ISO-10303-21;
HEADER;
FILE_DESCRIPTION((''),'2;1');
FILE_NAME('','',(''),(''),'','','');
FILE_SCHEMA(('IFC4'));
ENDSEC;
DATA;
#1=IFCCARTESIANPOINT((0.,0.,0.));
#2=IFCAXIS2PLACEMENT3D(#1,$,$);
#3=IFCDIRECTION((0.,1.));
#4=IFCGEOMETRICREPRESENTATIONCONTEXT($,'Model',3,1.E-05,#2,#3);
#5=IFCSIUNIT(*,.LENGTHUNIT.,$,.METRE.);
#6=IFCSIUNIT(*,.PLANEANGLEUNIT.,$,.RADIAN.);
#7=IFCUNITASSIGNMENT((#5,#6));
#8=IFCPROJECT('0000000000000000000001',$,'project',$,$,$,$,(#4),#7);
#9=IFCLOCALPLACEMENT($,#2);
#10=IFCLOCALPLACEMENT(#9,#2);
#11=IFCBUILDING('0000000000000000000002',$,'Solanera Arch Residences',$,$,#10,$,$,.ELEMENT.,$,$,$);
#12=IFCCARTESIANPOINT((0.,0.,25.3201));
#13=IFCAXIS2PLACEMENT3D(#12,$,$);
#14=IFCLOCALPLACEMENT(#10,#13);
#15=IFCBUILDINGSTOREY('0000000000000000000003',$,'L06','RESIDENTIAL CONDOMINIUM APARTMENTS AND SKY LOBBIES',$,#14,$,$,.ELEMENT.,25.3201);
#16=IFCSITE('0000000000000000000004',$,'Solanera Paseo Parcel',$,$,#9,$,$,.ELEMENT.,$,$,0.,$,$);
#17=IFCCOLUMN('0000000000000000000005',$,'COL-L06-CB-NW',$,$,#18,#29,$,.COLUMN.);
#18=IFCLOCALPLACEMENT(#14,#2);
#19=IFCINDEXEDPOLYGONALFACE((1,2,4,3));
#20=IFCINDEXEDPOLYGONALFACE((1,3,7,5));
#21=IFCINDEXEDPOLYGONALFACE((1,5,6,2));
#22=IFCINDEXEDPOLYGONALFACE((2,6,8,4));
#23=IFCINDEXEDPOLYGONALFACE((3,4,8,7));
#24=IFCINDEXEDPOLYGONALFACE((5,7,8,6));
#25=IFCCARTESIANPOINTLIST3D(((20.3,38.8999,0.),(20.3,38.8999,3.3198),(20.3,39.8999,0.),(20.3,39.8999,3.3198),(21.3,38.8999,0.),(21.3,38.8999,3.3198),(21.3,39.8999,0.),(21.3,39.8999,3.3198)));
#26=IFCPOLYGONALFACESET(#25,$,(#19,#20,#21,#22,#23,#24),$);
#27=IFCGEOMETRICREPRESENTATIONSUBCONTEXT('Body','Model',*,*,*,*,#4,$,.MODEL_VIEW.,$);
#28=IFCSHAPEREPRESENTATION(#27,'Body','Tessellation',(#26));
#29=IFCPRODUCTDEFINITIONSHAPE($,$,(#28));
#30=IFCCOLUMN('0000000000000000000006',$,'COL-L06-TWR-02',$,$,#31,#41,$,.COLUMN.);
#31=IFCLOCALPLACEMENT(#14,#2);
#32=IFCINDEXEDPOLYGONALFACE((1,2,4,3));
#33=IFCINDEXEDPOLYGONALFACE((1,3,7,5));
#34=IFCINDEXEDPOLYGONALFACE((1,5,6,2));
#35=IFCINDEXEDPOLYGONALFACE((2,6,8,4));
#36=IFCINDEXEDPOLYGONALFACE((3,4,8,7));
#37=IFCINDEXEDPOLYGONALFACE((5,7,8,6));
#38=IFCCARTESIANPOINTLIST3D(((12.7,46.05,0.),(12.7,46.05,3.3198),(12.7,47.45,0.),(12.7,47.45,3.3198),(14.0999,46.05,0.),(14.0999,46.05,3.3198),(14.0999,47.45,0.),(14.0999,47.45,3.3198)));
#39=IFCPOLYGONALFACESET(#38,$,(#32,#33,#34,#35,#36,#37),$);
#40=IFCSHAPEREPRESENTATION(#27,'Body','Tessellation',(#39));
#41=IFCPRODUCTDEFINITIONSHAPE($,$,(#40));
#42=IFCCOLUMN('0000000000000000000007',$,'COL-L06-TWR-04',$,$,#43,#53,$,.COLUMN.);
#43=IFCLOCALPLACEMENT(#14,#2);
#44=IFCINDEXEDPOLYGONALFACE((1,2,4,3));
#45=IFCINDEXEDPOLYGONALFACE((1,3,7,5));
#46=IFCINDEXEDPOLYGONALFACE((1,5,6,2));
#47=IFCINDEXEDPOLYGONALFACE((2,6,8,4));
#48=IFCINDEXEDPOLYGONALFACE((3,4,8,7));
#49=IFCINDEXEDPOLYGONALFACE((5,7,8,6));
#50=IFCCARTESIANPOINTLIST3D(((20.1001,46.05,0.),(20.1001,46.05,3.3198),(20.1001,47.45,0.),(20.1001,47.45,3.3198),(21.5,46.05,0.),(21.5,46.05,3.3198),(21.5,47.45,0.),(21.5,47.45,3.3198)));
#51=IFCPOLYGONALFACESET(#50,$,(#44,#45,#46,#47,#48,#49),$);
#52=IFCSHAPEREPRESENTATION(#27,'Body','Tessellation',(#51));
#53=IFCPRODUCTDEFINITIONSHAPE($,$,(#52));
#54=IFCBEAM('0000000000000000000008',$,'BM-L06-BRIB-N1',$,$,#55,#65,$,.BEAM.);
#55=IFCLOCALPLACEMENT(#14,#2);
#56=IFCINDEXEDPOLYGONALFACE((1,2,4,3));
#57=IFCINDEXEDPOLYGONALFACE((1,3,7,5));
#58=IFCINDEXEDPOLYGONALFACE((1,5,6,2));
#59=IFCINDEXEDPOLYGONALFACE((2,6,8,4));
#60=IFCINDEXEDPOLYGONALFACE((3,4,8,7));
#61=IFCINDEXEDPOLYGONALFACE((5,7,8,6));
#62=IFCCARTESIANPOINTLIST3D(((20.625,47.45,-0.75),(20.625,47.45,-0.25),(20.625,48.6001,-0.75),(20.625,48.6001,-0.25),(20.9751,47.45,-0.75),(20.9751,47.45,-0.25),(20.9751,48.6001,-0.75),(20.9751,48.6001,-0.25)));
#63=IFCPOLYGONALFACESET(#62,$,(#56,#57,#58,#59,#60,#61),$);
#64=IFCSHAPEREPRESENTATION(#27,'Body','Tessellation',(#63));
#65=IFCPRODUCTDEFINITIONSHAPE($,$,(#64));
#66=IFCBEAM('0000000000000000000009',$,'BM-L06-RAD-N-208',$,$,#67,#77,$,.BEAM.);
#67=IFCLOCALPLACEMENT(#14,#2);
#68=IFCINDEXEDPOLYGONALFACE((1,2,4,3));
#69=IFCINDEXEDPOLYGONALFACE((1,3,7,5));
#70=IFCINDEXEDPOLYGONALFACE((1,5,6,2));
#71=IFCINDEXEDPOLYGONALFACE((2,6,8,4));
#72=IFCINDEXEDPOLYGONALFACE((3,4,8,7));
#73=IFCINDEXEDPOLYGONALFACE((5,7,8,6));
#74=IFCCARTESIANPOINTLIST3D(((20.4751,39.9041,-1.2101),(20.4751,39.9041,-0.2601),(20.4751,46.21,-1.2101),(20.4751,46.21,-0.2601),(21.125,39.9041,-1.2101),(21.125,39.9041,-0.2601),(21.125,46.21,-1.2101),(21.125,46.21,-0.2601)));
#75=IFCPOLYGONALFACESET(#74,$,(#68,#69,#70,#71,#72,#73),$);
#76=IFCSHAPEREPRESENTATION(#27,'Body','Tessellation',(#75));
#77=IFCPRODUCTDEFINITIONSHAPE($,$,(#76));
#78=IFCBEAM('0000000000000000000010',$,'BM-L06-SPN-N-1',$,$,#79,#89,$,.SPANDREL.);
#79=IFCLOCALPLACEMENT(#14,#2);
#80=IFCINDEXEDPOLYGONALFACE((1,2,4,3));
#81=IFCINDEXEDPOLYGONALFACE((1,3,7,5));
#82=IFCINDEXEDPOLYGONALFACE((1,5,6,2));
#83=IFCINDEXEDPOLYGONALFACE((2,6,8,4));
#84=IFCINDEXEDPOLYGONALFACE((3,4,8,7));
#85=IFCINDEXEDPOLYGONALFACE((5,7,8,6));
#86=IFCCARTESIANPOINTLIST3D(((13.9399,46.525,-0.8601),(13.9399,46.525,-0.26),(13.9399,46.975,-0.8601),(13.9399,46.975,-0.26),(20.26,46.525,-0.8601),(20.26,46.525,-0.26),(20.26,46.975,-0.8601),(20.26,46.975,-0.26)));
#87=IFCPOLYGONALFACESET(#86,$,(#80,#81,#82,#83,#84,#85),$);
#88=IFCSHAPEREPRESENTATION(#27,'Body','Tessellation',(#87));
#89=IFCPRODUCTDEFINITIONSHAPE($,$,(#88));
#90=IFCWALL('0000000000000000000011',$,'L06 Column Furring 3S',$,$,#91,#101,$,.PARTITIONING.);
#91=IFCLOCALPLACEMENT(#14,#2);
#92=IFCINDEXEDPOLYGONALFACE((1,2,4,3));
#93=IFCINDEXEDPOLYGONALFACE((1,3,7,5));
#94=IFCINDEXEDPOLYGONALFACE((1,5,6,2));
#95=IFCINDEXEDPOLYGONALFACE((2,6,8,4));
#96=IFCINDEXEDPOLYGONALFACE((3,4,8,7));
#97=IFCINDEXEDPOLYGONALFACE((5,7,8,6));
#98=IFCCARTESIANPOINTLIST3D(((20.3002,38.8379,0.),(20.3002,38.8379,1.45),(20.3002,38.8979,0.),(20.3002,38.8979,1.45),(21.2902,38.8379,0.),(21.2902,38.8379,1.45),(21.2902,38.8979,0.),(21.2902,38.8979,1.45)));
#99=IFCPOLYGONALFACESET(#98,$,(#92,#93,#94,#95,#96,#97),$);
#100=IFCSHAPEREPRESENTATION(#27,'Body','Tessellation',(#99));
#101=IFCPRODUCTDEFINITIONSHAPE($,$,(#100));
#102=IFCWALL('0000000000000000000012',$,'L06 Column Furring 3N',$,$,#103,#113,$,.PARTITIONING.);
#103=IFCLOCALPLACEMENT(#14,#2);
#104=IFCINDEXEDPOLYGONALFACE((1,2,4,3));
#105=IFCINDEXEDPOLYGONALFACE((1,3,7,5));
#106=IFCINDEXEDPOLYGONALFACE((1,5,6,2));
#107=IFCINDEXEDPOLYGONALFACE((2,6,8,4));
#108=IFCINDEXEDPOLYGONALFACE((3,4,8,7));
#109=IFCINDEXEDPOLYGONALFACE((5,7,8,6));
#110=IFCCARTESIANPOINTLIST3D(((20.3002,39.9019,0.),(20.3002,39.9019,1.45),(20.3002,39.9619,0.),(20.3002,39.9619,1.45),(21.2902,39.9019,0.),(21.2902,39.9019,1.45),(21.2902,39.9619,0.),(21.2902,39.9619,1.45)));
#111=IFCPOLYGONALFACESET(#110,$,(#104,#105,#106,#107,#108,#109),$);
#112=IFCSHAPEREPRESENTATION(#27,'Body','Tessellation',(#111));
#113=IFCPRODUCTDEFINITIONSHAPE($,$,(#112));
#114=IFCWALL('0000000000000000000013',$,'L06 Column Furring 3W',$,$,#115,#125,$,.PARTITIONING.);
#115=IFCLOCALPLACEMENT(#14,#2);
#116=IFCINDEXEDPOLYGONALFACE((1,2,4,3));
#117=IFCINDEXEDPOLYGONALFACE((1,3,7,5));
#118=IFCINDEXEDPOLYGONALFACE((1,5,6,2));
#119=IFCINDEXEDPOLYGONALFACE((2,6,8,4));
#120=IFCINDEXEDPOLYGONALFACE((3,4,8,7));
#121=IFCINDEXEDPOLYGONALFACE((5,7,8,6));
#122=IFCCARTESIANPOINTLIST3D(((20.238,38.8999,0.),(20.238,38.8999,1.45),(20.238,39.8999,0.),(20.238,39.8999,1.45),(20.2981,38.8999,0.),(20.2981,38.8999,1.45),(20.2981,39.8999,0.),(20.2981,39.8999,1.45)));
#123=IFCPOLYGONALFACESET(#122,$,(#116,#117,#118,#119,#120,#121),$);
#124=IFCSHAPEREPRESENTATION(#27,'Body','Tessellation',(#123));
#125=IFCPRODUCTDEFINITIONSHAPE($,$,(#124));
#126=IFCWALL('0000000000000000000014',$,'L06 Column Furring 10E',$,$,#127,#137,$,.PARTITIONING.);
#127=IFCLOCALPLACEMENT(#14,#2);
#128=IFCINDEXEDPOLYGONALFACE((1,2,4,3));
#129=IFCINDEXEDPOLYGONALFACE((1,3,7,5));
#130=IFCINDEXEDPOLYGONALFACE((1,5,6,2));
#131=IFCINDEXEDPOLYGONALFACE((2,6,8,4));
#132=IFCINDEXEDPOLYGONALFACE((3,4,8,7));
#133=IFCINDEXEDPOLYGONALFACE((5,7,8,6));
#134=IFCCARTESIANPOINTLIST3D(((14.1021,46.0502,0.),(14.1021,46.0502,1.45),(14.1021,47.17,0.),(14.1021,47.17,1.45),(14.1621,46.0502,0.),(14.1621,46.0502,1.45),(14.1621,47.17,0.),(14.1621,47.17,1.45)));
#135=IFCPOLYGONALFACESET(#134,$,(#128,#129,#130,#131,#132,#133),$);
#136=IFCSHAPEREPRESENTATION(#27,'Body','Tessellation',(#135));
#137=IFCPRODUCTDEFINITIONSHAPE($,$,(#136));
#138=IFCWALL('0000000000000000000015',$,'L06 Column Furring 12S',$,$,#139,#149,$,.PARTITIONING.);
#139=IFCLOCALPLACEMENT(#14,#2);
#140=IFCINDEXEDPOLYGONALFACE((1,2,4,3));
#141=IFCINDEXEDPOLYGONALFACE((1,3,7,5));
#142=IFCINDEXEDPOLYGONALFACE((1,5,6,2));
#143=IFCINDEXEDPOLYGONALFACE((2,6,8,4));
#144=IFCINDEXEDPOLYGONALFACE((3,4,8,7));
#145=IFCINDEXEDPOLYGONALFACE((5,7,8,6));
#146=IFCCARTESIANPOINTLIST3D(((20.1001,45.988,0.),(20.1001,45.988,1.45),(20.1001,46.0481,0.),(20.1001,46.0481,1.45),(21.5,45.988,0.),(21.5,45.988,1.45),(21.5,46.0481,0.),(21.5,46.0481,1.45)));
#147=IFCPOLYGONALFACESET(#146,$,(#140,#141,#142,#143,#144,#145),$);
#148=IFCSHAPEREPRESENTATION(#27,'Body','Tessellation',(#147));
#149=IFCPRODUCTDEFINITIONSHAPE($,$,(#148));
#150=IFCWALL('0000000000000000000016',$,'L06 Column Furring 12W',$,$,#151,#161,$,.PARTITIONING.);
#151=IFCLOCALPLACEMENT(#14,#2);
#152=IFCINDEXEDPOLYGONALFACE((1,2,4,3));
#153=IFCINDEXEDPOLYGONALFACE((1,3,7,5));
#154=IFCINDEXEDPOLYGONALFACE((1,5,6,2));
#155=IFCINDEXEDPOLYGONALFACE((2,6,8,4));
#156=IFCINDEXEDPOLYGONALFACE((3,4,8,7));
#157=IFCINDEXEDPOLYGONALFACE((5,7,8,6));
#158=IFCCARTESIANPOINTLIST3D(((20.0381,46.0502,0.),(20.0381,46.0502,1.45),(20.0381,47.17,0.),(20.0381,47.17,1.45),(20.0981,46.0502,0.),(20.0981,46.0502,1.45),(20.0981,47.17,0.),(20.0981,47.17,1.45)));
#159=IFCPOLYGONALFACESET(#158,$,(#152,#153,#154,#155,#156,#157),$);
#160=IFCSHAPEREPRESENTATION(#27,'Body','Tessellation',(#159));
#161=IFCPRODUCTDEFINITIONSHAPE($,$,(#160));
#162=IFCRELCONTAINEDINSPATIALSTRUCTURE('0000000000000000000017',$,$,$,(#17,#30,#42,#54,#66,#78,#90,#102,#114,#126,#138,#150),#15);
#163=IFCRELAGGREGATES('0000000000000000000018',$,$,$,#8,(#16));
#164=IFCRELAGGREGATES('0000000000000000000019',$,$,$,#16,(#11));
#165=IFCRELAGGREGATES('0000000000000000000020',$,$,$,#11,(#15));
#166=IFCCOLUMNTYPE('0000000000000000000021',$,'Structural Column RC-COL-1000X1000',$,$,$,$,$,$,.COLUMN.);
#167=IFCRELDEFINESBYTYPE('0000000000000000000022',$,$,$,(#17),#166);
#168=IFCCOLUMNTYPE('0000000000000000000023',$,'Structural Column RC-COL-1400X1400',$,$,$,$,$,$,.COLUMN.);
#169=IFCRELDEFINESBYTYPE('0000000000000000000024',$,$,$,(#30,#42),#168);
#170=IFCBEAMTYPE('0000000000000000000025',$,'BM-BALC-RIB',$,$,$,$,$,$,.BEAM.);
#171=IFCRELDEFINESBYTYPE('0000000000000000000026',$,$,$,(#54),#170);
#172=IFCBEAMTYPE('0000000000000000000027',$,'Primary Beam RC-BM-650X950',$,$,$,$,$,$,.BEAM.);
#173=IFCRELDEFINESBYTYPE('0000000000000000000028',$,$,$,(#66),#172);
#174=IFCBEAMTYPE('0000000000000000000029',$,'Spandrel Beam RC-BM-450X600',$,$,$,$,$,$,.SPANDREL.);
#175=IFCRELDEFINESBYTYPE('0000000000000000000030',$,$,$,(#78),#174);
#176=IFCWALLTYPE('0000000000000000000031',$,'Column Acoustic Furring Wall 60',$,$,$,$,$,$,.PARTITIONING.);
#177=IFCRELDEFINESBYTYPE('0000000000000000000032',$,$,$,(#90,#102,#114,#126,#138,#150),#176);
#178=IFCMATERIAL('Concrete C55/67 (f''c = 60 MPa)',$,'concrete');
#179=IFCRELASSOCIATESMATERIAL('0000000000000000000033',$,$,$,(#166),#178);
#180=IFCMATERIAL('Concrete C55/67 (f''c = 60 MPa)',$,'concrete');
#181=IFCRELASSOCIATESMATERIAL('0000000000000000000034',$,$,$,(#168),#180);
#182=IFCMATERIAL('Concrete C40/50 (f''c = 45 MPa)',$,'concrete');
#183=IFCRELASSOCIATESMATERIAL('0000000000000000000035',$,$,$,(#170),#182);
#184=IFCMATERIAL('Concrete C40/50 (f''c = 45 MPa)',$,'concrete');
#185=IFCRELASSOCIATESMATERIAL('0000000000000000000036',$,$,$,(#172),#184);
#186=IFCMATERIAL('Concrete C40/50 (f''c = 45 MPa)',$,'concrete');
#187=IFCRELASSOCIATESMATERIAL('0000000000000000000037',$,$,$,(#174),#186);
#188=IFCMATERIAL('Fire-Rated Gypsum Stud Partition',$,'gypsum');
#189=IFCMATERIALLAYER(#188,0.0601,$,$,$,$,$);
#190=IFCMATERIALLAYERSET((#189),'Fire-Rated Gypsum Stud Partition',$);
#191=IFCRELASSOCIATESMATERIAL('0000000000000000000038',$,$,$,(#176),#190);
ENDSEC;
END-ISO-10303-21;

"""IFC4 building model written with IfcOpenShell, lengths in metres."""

from ifc_helpers import new_model, si_unit, direction, frame, frame_2d, origin, origin_2d, place, context, subcontext, project, spatial, rectangle, extrude, material, layer, layer_set, material_profile, profile_set, type_object, element, save


model = new_model("IFC4")

# Units and contexts
model_context = context("Model", 3, precision=1e-05, world=origin(), true_north=direction((0.0, 1.0)))
body_context = subcontext(model_context, "Body", "Model", "MODEL_VIEW")
ifc_project = project(units=[si_unit("LENGTHUNIT", "METRE"), si_unit("PLANEANGLEUNIT", "RADIAN")], contexts=[model_context])

# Site, building, storey
site_placement = place(None, origin())
site = spatial("IfcSite", under=ifc_project, at=site_placement, Name="Solanera Paseo Parcel", CompositionType="ELEMENT", RefElevation=0.0)
building_placement = place(site_placement, origin())
building = spatial("IfcBuilding", under=site, at=building_placement, Name="Solanera Arch Residences", CompositionType="ELEMENT")
storey_placement = place(building_placement, frame((0.0, 0.0, 25.3201)))
storey = spatial("IfcBuildingStorey", under=building, at=storey_placement, Name="L06", Description="RESIDENTIAL CONDOMINIUM APARTMENTS AND SKY LOBBIES", CompositionType="ELEMENT", Elevation=25.3201)

# Columns
ifc_material_1 = material(Name="Concrete C55/67 (f'c = 60 MPa)", Category="concrete")
ifc_material_profile_1 = material_profile(ifc_material_1, rectangle(XDim=1.0, YDim=1.0, at=origin_2d()))
ifc_profile_set_1 = profile_set([ifc_material_profile_1], Name="Concrete C55/67 (f'c = 60 MPa)")
column_type_1 = type_object("IfcColumnType", Name="Structural Column RC-COL-1000X1000", PredefinedType="COLUMN", material=ifc_profile_set_1)
column_placement = place(storey_placement, frame((20.8, 39.3999, 0.0), z_axis=(0.0, 0.0, 1.0), x_axis=(1.0, 0.0, 0.0)))
element("IfcColumn", 1, at=column_placement, inside=storey, type_object=column_type_1, Name="COL-L06-CB-NW", PredefinedType="COLUMN", context=body_context, shape_type="SweptSolid", body=[
    extrude(rectangle(XDim=1.0, YDim=1.0, at=origin_2d()), origin(), (0.0, 0.0, 1.0), 3.3198),
])
ifc_material_2 = material(Name="Concrete C55/67 (f'c = 60 MPa)", Category="concrete")
ifc_material_profile_2 = material_profile(ifc_material_2, rectangle(XDim=1.3999, YDim=1.3999, at=origin_2d()))
ifc_profile_set_2 = profile_set([ifc_material_profile_2], Name="Concrete C55/67 (f'c = 60 MPa)")
column_type_2 = type_object("IfcColumnType", Name="Structural Column RC-COL-1400X1400", PredefinedType="COLUMN", material=ifc_profile_set_2)
for number, where, z_axis, x_axis, name in (
    (2, (13.3999, 46.75, 0.0), (0.0, 0.0, 1.0), (1.0, 0.0, 0.0), "COL-L06-TWR-02"),
    (3, (20.8, 46.75, 0.0), (0.0, 0.0, 1.0), (1.0, 0.0, 0.0), "COL-L06-TWR-04"),
):
    element("IfcColumn", number, at=place(storey_placement, frame(where, z_axis=z_axis, x_axis=x_axis)), inside=storey, type_object=column_type_2, Name=name, PredefinedType="COLUMN", context=body_context, shape_type="SweptSolid", body=[
        extrude(rectangle(XDim=1.3999, YDim=1.3999, at=origin_2d()), origin(), (0.0, 0.0, 1.0), 3.3198),
    ])

# Beams
ifc_material_3 = material(Name="Concrete C40/50 (f'c = 45 MPa)", Category="concrete")
ifc_material_profile_3 = material_profile(ifc_material_3, rectangle(XDim=0.3501, YDim=0.5, at=origin_2d()))
ifc_profile_set_3 = profile_set([ifc_material_profile_3], Name="Concrete C40/50 (f'c = 45 MPa)")
beam_type_1 = type_object("IfcBeamType", Name="BM-BALC-RIB", PredefinedType="BEAM", material=ifc_profile_set_3)
beam_1_placement = place(storey_placement, frame((20.8, 47.45, -0.5), z_axis=(0.0, 1.0, 0.0), x_axis=(-1.0, 0.0, 0.0)))
element("IfcBeam", 4, at=beam_1_placement, inside=storey, type_object=beam_type_1, Name="BM-L06-BRIB-N1", PredefinedType="BEAM", context=body_context, shape_type="SweptSolid", body=[
    extrude(rectangle(XDim=0.3501, YDim=0.5, at=origin_2d()), origin(), (0.0, 0.0, 1.0), 1.1501),
])
ifc_material_4 = material(Name="Concrete C40/50 (f'c = 45 MPa)", Category="concrete")
ifc_material_profile_4 = material_profile(ifc_material_4, rectangle(XDim=0.6499, YDim=0.95, at=origin_2d()))
ifc_profile_set_4 = profile_set([ifc_material_profile_4], Name="Concrete C40/50 (f'c = 45 MPa)")
beam_type_2 = type_object("IfcBeamType", Name="Primary Beam RC-BM-650X950", PredefinedType="BEAM", material=ifc_profile_set_4)
beam_2_placement = place(storey_placement, frame((20.8, 39.9041, -0.7351), z_axis=(0.0, 1.0, 0.0), x_axis=(-1.0, 0.0, 0.0)))
element("IfcBeam", 5, at=beam_2_placement, inside=storey, type_object=beam_type_2, Name="BM-L06-RAD-N-208", PredefinedType="BEAM", context=body_context, shape_type="SweptSolid", body=[
    extrude(rectangle(XDim=0.6499, YDim=0.95, at=origin_2d()), origin(), (0.0, 0.0, 1.0), 6.3059),
])
ifc_material_5 = material(Name="Concrete C40/50 (f'c = 45 MPa)", Category="concrete")
ifc_material_profile_5 = material_profile(ifc_material_5, rectangle(XDim=0.45, YDim=0.6001, at=origin_2d()))
ifc_profile_set_5 = profile_set([ifc_material_profile_5], Name="Concrete C40/50 (f'c = 45 MPa)")
beam_type_3 = type_object("IfcBeamType", Name="Spandrel Beam RC-BM-450X600", PredefinedType="SPANDREL", material=ifc_profile_set_5)
beam_3_placement = place(storey_placement, frame((13.9399, 46.75, -0.5601), z_axis=(1.0, 0.0, 0.0), x_axis=(0.0, 1.0, 0.0)))
element("IfcBeam", 6, at=beam_3_placement, inside=storey, type_object=beam_type_3, Name="BM-L06-SPN-N-1", PredefinedType="SPANDREL", context=body_context, shape_type="SweptSolid", body=[
    extrude(rectangle(XDim=0.45, YDim=0.6001, at=origin_2d()), origin(), (0.0, 0.0, 1.0), 6.3201),
])

# Walls
ifc_material_6 = material(Name="Fire-Rated Gypsum Stud Partition", Category="gypsum")
ifc_layer_1 = layer(ifc_material_6, 0.0601)
ifc_layer_set_1 = layer_set([ifc_layer_1], Name="Fire-Rated Gypsum Stud Partition")
wall_type_1 = type_object("IfcWallType", Name="Column Acoustic Furring Wall 60", PredefinedType="PARTITIONING", material=ifc_layer_set_1)
for number, where, z_axis, x_axis, name in (
    (7, (20.3, 38.8679, 0.0), (0.0, 0.0, 1.0), (1.0, 0.0, 0.0), "L06 Column Furring 3S"),
    (8, (20.3, 39.9319, 0.0), (0.0, 0.0, 1.0), (1.0, 0.0, 0.0), "L06 Column Furring 3N"),
):
    element("IfcWall", number, at=place(storey_placement, frame(where, z_axis=z_axis, x_axis=x_axis)), inside=storey, type_object=wall_type_1, Name=name, PredefinedType="PARTITIONING", context=body_context, shape_type="SweptSolid", body=[
        extrude(rectangle(XDim=0.99, YDim=0.0601, at=frame_2d((0.4951, 0.0))), origin(), (0.0, 0.0, 1.0), 1.45),
    ])
wall_1_placement = place(storey_placement, frame((20.2681, 38.8999, 0.0), z_axis=(0.0, 0.0, 1.0), x_axis=(0.0, 1.0, 0.0)))
element("IfcWall", 9, at=wall_1_placement, inside=storey, type_object=wall_type_1, Name="L06 Column Furring 3W", PredefinedType="PARTITIONING", context=body_context, shape_type="SweptSolid", body=[
    extrude(rectangle(XDim=1.0, YDim=0.0601, at=frame_2d((0.5, 0.0))), origin(), (0.0, 0.0, 1.0), 1.45),
])
wall_2_placement = place(storey_placement, frame((14.1321, 46.05, 0.0), z_axis=(0.0, 0.0, 1.0), x_axis=(0.0, 1.0, 0.0)))
element("IfcWall", 10, at=wall_2_placement, inside=storey, type_object=wall_type_1, Name="L06 Column Furring 10E", PredefinedType="PARTITIONING", context=body_context, shape_type="SweptSolid", body=[
    extrude(rectangle(XDim=1.1199, YDim=0.0601, at=frame_2d((0.5601, 0.0))), origin(), (0.0, 0.0, 1.0), 1.45),
])
wall_3_placement = place(storey_placement, frame((20.1001, 46.0181, 0.0), z_axis=(0.0, 0.0, 1.0), x_axis=(1.0, 0.0, 0.0)))
element("IfcWall", 11, at=wall_3_placement, inside=storey, type_object=wall_type_1, Name="L06 Column Furring 12S", PredefinedType="PARTITIONING", context=body_context, shape_type="SweptSolid", body=[
    extrude(rectangle(XDim=1.3999, YDim=0.0601, at=frame_2d((0.7, 0.0))), origin(), (0.0, 0.0, 1.0), 1.45),
])
wall_4_placement = place(storey_placement, frame((20.0681, 46.05, 0.0), z_axis=(0.0, 0.0, 1.0), x_axis=(0.0, 1.0, 0.0)))
element("IfcWall", 12, at=wall_4_placement, inside=storey, type_object=wall_type_1, Name="L06 Column Furring 12W", PredefinedType="PARTITIONING", context=body_context, shape_type="SweptSolid", body=[
    extrude(rectangle(XDim=1.1199, YDim=0.0601, at=frame_2d((0.5601, 0.0))), origin(), (0.0, 0.0, 1.0), 1.45),
])

save(model, "model.ifc")
